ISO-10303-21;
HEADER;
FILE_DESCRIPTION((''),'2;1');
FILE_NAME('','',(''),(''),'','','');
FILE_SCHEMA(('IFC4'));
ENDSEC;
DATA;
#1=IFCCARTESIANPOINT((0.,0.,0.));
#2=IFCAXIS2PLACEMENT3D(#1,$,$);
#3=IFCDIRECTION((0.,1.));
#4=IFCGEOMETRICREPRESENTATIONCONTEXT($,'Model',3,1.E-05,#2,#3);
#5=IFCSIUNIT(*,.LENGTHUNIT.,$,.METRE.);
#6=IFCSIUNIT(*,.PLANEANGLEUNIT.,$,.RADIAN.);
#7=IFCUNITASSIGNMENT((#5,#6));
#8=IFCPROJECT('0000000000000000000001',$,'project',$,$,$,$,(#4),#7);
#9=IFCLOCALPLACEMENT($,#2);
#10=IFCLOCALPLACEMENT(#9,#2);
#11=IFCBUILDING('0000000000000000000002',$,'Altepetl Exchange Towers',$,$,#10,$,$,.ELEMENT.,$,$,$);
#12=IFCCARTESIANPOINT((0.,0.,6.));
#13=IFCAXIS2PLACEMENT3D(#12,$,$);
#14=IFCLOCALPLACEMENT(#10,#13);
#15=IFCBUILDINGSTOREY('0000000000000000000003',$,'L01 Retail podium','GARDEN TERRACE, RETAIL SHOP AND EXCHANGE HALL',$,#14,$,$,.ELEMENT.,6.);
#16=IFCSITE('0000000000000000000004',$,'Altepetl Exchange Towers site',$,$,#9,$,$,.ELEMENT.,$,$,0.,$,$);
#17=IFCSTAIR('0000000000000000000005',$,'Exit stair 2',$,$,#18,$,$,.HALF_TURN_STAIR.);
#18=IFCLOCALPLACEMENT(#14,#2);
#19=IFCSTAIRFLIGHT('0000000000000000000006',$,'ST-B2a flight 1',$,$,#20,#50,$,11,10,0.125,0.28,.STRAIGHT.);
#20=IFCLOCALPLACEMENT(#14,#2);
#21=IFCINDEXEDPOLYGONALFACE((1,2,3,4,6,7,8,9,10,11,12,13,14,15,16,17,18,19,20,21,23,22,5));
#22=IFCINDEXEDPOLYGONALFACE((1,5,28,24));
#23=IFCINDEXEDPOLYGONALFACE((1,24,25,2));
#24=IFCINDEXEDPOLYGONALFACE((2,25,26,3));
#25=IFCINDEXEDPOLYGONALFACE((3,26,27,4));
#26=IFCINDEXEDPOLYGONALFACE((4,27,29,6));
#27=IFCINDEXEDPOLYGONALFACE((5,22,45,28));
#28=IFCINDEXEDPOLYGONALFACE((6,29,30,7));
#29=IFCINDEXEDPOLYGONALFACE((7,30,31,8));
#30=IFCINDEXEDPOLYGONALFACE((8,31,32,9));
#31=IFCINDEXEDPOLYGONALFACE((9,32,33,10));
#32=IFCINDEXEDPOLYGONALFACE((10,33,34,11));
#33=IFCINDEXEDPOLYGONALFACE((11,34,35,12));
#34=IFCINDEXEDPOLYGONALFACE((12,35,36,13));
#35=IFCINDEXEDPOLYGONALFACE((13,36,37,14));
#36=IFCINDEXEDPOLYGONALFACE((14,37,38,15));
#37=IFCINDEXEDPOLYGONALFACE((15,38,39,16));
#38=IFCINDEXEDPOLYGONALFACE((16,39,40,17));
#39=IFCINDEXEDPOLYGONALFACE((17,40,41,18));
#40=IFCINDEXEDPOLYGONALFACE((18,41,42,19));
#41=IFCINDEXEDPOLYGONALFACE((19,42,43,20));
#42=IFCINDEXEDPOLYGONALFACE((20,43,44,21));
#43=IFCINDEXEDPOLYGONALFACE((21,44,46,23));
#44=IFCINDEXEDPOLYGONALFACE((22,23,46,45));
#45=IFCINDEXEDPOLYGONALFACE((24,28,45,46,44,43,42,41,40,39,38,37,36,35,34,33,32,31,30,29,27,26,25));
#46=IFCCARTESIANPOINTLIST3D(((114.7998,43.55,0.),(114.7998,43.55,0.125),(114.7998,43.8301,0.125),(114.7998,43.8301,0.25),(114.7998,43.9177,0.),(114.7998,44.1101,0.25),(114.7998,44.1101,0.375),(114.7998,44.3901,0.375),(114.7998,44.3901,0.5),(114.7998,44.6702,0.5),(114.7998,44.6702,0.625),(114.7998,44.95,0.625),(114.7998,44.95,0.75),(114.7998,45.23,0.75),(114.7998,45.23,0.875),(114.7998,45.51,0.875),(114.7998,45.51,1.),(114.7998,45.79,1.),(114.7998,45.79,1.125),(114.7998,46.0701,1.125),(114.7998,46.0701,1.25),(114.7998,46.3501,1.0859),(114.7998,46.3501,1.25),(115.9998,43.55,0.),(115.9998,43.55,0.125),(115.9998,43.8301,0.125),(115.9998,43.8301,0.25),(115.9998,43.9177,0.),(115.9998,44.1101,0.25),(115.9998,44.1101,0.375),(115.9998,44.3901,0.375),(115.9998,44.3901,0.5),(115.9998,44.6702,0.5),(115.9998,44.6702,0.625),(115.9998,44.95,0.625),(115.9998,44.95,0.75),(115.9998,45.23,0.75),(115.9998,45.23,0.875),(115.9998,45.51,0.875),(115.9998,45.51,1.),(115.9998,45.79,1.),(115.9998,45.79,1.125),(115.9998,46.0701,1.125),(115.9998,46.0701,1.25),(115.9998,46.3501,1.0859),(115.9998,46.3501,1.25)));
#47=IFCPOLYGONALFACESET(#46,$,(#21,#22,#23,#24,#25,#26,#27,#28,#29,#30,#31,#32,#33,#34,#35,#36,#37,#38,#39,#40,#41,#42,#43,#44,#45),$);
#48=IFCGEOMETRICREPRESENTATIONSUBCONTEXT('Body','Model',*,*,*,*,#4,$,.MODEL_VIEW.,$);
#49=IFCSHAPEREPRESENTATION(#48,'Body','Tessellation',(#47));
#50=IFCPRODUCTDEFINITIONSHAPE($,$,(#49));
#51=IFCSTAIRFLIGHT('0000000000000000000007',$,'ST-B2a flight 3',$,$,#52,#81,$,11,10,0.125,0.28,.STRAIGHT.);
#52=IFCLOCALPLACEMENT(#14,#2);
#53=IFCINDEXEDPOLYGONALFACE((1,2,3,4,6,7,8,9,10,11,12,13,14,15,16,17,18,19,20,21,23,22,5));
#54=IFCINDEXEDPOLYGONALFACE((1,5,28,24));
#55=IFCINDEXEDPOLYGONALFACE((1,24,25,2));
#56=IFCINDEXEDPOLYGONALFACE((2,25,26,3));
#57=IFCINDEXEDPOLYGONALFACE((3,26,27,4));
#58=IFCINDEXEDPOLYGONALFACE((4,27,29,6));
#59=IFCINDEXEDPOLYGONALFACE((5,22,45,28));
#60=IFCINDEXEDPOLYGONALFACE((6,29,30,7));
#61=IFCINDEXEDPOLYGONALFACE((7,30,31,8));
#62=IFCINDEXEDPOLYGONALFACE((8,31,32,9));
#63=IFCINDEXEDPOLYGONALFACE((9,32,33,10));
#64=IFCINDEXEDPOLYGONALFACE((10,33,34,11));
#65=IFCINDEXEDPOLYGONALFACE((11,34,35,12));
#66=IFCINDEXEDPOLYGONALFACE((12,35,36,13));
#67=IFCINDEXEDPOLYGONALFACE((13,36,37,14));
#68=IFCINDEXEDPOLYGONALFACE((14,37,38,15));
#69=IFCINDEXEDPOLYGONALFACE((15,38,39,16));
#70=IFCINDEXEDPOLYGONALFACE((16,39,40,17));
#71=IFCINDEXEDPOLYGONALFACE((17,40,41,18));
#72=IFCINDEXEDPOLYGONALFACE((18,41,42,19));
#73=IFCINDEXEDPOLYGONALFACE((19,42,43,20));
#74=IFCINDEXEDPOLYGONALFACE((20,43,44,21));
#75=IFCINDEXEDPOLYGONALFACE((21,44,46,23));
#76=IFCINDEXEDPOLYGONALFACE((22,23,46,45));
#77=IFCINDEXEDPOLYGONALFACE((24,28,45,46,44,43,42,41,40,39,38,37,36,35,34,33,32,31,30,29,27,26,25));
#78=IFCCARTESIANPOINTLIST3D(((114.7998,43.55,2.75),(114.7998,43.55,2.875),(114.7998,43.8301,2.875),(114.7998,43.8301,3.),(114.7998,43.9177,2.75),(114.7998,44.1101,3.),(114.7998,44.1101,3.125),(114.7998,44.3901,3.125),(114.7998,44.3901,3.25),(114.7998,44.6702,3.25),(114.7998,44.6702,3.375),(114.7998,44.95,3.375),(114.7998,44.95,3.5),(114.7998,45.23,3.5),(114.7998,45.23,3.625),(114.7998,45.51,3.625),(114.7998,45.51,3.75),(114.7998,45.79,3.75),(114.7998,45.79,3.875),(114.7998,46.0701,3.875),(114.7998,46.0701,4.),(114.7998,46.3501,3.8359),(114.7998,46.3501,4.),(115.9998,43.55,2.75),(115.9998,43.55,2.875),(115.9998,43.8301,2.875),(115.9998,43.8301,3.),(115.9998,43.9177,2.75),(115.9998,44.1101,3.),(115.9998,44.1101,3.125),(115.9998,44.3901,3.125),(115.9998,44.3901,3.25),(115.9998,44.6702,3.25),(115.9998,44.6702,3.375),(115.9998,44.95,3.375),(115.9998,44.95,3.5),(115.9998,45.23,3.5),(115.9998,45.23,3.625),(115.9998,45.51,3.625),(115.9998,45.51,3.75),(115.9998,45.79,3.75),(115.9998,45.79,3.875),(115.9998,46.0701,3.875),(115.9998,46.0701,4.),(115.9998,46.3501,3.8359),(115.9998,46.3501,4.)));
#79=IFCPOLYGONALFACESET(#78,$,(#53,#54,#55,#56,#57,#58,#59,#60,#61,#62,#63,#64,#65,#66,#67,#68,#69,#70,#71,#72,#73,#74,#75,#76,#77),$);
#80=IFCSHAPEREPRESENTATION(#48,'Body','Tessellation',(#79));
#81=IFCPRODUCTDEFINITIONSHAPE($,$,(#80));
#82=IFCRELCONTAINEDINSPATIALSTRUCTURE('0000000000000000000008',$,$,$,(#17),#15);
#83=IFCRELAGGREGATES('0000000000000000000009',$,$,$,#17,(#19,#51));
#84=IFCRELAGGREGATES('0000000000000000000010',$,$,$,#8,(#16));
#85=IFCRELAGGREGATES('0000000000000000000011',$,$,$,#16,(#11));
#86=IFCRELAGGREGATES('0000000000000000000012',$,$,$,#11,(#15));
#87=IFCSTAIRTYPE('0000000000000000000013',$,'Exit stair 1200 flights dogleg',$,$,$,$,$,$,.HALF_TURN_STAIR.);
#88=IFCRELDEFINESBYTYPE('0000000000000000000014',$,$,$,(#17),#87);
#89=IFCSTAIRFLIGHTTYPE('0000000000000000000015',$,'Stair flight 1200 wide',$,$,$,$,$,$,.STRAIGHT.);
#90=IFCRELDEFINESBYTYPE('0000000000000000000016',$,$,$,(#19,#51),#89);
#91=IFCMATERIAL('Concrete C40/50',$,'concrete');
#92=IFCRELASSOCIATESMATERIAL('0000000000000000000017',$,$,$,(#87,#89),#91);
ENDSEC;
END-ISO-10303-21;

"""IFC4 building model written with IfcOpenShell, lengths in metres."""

from ifc_helpers import new_model, si_unit, direction, frame, origin, place, context, subcontext, project, spatial, polyline, outline, extrude, material, type_object, element, aggregate, save


model = new_model("IFC4")

# Units and contexts
model_context = context("Model", 3, precision=1e-05, world=origin(), true_north=direction((0.0, 1.0)))
body_context = subcontext(model_context, "Body", "Model", "MODEL_VIEW")
ifc_project = project(units=[si_unit("LENGTHUNIT", "METRE"), si_unit("PLANEANGLEUNIT", "RADIAN")], contexts=[model_context])

# Site, building, storey
site_placement = place(None, origin())
site = spatial("IfcSite", under=ifc_project, at=site_placement, Name="Altepetl Exchange Towers site", CompositionType="ELEMENT", RefElevation=0.0)
building_placement = place(site_placement, origin())
building = spatial("IfcBuilding", under=site, at=building_placement, Name="Altepetl Exchange Towers", CompositionType="ELEMENT")
storey_placement = place(building_placement, frame((0.0, 0.0, 6.0)))
storey = spatial("IfcBuildingStorey", under=building, at=storey_placement, Name="L01 Retail podium", Description="GARDEN TERRACE, RETAIL SHOP AND EXCHANGE HALL", CompositionType="ELEMENT", Elevation=6.0)

# Shared definitions
ifc_material_1 = material(Name="Concrete C40/50", Category="concrete")

# Stair, stair flights
stair_type = type_object("IfcStairType", Name="Exit stair 1200 flights dogleg", PredefinedType="HALF_TURN_STAIR", material=ifc_material_1)
stair_placement = place(storey_placement, origin())
stair = element("IfcStair", 1, at=stair_placement, inside=storey, type_object=stair_type, Name="Exit stair 2", PredefinedType="HALF_TURN_STAIR")
stair_flight_type = type_object("IfcStairFlightType", Name="Stair flight 1200 wide", PredefinedType="STRAIGHT", material=ifc_material_1)
stair_flight_1_placement = place(storey_placement, frame((115.3999, 43.55, 0.0), z_axis=(0.0, 0.0, 1.0), x_axis=(0.0, 1.0, 0.0)))
stair_flight_1 = element("IfcStairFlight", 2, at=stair_flight_1_placement, type_object=stair_flight_type, Name="ST-B2a flight 1", NumberOfRisers=11, NumberOfTreads=10, PredefinedType="STRAIGHT", RiserHeight=0.125, TreadLength=0.28, context=body_context, shape_type="SweptSolid", body=[
    extrude(outline(polyline([(0.0, 0.0), (0.0, 0.125), (0.28, 0.125), (0.28, 0.25), (0.5601, 0.25), (0.5601, 0.375), (0.8401, 0.375), (0.8401, 0.5), (1.1201, 0.5), (1.1201, 0.625), (1.3999, 0.625), (1.3999, 0.75), (1.6799, 0.75), (1.6799, 0.875), (1.96, 0.875), (1.96, 1.0), (2.24, 1.0), (2.24, 1.125), (2.52, 1.125), (2.52, 1.25), (2.8, 1.25), (2.8, 1.375), (2.8, 1.0859), (0.3677, 0.0), (0.0, 0.0)])), frame((0.0, 0.6001, 0.0), z_axis=(0.0, -1.0, 0.0), x_axis=(1.0, 0.0, 0.0)), (0.0, 0.0, 1.0), 1.2),
])
stair_flight_2_placement = place(storey_placement, frame((115.3999, 43.55, 2.75), z_axis=(0.0, 0.0, 1.0), x_axis=(0.0, 1.0, 0.0)))
stair_flight_2 = element("IfcStairFlight", 3, at=stair_flight_2_placement, type_object=stair_flight_type, Name="ST-B2a flight 3", NumberOfRisers=11, NumberOfTreads=10, PredefinedType="STRAIGHT", RiserHeight=0.125, TreadLength=0.28, context=body_context, shape_type="SweptSolid", body=[
    extrude(outline(polyline([(0.0, 0.0), (0.0, 0.125), (0.28, 0.125), (0.28, 0.25), (0.5601, 0.25), (0.5601, 0.375), (0.8401, 0.375), (0.8401, 0.5), (1.1201, 0.5), (1.1201, 0.625), (1.3999, 0.625), (1.3999, 0.75), (1.6799, 0.75), (1.6799, 0.875), (1.96, 0.875), (1.96, 1.0), (2.24, 1.0), (2.24, 1.125), (2.52, 1.125), (2.52, 1.25), (2.8, 1.25), (2.8, 1.375), (2.8, 1.0859), (0.3677, 0.0), (0.0, 0.0)])), frame((0.0, 0.6001, 0.0), z_axis=(0.0, -1.0, 0.0), x_axis=(1.0, 0.0, 0.0)), (0.0, 0.0, 1.0), 1.2),
])
aggregate(stair, [stair_flight_1, stair_flight_2])

save(model, "model.ifc")
